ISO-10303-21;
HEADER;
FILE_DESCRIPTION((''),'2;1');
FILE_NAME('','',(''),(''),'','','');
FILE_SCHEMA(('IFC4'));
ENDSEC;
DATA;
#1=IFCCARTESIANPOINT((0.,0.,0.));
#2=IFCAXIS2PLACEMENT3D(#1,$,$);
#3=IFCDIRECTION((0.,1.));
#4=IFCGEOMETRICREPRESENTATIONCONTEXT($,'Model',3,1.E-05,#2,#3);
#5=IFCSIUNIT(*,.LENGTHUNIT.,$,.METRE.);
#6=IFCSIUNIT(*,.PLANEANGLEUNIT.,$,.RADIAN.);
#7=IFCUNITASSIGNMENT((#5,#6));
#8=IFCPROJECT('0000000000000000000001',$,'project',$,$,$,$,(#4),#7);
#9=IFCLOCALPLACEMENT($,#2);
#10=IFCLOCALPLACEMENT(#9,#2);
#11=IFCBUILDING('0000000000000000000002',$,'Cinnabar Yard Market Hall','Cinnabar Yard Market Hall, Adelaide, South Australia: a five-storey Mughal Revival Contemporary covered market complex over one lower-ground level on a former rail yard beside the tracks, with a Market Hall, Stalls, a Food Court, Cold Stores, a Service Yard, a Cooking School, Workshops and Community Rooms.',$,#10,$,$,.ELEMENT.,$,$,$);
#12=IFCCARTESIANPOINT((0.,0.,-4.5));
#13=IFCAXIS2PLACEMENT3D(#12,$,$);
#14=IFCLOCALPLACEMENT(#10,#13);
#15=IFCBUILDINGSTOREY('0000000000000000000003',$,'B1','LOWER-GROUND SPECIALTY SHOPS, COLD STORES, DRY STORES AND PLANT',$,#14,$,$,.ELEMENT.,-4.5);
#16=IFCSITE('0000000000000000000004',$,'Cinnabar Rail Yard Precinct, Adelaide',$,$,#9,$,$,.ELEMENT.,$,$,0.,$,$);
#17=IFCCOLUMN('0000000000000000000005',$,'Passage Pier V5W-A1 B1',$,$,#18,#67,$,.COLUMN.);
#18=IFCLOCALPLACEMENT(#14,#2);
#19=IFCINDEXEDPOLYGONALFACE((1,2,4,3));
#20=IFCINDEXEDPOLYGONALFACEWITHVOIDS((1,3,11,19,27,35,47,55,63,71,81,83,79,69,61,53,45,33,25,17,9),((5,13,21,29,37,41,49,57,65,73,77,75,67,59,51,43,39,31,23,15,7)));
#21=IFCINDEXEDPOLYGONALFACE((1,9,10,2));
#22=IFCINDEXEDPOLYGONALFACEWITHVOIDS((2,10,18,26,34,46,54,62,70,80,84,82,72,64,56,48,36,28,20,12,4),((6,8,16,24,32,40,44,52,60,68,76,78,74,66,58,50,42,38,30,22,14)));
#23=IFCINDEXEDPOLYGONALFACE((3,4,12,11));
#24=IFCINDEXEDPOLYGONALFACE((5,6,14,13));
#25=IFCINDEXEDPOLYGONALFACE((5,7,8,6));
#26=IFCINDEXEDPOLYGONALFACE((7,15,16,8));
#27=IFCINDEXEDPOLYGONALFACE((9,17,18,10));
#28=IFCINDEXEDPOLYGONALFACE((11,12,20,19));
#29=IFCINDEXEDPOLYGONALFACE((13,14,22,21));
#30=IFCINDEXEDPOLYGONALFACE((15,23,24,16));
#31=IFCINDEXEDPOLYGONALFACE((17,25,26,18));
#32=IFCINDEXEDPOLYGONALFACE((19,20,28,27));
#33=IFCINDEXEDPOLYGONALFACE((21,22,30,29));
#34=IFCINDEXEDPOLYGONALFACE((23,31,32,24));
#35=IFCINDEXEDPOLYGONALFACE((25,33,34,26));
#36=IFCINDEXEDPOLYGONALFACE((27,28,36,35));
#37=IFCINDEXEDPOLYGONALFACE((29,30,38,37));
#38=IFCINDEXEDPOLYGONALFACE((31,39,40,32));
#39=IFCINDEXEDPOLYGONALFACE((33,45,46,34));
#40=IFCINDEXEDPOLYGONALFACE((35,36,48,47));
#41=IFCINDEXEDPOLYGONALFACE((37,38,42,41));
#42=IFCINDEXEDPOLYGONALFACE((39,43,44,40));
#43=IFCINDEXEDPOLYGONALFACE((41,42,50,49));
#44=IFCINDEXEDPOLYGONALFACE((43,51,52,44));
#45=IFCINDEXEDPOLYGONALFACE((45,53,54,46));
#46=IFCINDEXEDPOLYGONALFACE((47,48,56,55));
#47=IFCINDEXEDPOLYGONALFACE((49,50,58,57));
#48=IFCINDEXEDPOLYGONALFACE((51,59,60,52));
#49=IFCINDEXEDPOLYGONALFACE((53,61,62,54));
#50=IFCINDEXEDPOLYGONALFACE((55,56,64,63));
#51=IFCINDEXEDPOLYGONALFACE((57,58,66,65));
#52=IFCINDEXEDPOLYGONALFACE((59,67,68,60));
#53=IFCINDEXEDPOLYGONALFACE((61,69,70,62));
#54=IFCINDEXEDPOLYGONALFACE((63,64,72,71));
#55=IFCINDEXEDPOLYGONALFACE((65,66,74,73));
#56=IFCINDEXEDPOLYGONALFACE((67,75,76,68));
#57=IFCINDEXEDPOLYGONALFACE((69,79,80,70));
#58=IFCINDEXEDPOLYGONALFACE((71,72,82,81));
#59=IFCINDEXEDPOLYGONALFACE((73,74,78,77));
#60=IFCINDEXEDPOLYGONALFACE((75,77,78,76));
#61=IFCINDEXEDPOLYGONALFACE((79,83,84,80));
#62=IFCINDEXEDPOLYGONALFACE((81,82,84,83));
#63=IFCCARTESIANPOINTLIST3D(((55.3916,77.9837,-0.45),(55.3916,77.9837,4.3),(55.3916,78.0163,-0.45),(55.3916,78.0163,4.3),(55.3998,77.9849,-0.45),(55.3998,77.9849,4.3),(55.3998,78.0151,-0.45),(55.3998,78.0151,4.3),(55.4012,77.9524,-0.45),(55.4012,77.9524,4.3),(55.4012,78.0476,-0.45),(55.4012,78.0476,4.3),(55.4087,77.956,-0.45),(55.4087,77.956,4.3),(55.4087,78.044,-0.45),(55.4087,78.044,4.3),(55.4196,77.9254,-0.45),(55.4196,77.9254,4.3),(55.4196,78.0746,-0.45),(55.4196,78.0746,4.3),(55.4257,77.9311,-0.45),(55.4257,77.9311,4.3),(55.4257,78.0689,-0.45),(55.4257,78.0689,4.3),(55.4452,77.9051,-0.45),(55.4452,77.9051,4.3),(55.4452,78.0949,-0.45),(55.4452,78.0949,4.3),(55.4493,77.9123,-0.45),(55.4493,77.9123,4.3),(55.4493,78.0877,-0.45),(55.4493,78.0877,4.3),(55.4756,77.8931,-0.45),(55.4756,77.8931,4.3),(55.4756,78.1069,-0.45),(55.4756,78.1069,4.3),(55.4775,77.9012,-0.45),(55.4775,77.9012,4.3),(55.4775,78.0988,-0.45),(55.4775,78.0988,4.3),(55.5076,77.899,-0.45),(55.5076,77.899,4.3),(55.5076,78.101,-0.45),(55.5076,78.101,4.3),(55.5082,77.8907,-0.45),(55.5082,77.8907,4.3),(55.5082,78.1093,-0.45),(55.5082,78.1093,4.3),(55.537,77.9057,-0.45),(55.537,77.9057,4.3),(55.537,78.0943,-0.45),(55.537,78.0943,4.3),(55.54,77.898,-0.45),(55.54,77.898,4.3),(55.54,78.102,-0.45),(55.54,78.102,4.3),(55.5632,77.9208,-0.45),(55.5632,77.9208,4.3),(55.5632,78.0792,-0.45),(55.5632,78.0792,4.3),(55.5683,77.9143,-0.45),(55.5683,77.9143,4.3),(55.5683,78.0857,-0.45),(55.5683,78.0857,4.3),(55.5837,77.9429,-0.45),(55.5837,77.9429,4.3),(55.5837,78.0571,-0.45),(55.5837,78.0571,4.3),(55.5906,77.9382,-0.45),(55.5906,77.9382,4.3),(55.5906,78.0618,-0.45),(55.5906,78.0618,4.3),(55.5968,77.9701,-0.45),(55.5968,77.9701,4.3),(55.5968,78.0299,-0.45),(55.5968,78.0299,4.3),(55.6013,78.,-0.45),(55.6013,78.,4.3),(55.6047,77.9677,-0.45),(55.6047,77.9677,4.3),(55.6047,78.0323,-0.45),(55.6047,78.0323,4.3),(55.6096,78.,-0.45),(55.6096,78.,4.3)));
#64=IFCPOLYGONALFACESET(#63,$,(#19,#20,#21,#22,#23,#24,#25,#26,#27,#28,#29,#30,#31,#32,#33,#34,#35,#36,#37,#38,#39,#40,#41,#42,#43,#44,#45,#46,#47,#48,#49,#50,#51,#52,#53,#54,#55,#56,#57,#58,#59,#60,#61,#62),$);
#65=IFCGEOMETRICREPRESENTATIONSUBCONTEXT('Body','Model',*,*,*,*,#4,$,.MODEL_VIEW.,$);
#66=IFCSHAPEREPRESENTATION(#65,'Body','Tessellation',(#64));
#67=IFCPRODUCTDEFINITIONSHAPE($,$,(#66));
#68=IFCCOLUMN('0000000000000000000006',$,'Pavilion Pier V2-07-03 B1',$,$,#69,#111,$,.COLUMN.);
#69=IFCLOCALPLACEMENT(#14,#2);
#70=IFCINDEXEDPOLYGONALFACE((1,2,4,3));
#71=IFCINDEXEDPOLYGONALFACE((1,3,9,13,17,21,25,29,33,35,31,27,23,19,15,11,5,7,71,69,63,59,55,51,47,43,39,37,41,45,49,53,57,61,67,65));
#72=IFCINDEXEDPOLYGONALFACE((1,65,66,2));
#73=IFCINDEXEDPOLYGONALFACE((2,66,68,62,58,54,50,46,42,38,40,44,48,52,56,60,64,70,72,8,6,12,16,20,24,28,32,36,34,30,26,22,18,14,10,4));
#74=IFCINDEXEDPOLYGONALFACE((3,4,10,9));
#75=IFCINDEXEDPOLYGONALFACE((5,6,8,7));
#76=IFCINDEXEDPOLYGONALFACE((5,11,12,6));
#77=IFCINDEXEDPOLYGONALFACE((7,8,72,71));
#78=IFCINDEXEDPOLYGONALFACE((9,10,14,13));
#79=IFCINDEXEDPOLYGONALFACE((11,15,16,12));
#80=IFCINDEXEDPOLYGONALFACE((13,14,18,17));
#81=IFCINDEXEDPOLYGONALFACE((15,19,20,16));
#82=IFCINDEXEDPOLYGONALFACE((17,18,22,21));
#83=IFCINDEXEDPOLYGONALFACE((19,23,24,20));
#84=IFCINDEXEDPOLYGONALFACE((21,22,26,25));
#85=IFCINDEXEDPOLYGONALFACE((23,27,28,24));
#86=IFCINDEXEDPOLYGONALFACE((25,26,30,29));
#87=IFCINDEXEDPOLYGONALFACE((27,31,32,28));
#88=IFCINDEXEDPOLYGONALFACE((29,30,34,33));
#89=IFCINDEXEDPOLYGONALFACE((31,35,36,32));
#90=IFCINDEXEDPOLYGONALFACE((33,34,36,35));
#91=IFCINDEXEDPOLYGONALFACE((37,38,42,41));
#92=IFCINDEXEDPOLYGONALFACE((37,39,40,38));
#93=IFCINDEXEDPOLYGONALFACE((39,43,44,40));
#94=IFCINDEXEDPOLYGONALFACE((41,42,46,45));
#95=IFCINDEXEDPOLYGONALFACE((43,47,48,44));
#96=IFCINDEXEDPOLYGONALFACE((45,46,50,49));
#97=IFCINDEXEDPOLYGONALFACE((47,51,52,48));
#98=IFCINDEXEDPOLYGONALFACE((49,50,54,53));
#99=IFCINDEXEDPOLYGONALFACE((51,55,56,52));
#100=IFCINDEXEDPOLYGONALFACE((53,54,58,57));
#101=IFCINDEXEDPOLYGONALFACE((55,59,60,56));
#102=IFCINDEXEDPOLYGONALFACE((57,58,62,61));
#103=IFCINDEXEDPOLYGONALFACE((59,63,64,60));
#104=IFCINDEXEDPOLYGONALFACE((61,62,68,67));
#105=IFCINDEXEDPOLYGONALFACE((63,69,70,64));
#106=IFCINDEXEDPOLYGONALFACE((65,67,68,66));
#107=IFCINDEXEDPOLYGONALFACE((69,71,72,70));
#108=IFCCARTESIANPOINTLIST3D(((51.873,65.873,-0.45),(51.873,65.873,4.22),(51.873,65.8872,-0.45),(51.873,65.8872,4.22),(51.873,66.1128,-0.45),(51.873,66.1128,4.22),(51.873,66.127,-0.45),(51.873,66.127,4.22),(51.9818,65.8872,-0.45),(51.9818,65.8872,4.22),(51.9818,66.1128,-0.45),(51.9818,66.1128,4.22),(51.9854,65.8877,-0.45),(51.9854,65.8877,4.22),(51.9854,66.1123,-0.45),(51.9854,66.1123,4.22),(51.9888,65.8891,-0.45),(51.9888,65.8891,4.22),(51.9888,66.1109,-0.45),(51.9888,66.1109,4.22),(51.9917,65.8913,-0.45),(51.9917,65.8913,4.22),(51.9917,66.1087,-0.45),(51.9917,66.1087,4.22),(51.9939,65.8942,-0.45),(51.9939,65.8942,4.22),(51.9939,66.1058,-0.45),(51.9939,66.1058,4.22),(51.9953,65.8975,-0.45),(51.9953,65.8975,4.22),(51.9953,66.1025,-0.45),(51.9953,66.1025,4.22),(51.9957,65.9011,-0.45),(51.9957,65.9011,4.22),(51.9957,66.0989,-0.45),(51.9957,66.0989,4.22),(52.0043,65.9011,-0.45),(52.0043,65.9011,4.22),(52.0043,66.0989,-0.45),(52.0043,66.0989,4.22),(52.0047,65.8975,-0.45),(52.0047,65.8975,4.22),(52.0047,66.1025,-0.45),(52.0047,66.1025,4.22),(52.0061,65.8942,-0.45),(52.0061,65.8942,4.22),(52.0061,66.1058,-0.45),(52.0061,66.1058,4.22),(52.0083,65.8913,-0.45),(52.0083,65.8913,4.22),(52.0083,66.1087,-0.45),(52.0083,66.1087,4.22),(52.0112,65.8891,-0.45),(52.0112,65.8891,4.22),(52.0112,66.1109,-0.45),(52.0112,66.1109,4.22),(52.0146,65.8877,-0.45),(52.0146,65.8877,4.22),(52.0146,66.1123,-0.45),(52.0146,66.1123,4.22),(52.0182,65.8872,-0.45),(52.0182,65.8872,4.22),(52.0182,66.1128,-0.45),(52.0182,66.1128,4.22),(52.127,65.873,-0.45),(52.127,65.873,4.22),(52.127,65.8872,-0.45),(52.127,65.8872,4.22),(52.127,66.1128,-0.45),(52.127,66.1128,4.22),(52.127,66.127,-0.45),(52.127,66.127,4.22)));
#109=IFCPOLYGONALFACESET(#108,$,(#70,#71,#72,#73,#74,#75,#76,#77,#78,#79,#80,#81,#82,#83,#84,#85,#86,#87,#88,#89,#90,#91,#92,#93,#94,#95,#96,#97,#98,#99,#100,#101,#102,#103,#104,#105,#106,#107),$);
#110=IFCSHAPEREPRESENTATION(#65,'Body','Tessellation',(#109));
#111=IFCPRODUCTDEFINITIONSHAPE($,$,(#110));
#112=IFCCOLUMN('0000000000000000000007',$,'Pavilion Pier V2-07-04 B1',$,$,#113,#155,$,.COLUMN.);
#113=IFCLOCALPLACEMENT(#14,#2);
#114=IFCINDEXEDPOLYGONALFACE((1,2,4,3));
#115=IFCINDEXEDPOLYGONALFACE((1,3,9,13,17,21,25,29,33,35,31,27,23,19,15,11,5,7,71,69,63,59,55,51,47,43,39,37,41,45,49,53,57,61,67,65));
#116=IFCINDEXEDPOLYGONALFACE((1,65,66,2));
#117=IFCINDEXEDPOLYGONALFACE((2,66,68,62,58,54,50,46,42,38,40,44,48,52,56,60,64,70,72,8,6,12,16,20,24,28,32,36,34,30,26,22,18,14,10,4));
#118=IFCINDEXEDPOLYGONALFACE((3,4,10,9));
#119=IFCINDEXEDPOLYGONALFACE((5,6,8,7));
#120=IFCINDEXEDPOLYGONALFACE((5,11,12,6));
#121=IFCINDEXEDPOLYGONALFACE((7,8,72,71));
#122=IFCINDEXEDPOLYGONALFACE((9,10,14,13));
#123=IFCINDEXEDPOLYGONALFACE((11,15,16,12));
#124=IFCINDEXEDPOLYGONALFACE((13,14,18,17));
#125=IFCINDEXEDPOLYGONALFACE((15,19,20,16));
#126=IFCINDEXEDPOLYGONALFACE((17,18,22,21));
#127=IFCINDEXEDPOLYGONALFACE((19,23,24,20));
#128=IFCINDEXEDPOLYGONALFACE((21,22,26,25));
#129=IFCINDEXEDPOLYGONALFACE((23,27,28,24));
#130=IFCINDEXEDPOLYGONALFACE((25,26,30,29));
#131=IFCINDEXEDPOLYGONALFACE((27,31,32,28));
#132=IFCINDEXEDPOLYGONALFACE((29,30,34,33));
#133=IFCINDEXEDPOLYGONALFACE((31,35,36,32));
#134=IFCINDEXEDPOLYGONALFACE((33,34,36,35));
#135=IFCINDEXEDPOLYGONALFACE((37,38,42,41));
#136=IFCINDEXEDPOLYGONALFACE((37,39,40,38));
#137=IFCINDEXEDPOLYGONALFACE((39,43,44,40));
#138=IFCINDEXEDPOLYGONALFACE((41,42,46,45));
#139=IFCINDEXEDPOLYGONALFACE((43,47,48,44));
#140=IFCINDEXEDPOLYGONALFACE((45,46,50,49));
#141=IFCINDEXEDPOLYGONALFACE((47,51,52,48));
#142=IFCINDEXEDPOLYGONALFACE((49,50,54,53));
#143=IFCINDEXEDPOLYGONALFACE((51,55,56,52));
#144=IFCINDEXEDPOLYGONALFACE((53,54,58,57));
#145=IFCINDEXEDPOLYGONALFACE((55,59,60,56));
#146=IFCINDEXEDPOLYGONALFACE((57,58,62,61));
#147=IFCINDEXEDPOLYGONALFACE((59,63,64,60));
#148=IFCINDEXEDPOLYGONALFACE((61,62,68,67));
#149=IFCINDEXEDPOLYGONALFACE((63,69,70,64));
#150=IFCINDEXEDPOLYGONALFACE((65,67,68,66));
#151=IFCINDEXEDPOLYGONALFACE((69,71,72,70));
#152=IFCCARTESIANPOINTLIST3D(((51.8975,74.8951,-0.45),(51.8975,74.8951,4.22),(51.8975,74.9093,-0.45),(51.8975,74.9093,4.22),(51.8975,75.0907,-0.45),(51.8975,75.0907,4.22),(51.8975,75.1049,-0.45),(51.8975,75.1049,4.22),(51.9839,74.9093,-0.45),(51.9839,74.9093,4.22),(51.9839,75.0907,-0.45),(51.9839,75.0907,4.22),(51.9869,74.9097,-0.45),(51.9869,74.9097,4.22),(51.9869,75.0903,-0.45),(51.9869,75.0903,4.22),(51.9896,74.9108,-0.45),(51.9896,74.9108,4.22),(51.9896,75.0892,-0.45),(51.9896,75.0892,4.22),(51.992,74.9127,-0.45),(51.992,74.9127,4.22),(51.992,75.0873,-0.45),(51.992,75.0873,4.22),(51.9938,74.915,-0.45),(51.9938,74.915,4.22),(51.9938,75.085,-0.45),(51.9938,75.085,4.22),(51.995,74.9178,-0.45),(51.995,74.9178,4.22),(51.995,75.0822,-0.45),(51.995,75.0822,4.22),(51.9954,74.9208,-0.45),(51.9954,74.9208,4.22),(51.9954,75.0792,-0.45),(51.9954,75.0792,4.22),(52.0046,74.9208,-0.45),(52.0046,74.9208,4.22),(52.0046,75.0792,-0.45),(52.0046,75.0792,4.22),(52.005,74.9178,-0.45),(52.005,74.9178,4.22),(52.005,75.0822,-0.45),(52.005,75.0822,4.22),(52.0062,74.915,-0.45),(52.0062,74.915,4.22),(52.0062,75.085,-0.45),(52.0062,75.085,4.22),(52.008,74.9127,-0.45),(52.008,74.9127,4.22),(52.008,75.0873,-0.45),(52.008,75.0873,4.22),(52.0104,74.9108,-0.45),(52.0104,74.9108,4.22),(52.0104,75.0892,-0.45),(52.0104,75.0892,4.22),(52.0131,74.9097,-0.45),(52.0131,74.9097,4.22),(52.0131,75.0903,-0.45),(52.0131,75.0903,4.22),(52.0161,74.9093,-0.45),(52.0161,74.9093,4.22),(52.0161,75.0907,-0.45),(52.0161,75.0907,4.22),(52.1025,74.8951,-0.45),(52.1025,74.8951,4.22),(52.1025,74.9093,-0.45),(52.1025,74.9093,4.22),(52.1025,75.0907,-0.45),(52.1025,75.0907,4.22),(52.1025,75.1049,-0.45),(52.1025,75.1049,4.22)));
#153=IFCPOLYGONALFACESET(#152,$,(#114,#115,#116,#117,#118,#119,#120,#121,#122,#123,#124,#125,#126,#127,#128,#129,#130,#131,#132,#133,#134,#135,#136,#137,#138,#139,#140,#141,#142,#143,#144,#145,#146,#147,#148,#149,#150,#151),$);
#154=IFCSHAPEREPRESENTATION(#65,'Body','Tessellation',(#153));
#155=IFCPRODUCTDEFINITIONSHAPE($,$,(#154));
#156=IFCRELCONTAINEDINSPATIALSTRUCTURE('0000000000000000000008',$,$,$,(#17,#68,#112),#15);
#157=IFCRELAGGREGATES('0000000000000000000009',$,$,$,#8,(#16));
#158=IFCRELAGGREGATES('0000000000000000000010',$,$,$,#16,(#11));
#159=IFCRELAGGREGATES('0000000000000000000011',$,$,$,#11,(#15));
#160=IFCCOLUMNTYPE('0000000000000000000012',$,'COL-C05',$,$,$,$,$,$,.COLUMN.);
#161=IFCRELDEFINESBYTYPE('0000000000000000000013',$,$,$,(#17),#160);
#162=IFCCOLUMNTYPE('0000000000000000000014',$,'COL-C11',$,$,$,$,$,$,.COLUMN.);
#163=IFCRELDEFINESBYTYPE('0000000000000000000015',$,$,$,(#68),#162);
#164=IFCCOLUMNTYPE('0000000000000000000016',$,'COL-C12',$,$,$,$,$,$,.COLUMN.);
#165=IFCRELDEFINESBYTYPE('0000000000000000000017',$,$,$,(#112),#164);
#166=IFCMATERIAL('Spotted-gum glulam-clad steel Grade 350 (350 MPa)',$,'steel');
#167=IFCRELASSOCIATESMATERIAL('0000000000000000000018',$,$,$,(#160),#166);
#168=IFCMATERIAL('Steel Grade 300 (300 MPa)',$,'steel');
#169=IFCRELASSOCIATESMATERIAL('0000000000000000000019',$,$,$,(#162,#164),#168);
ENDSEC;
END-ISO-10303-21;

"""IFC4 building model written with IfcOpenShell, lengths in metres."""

from ifc_helpers import new_model, si_unit, direction, frame, origin, origin_2d_with_axis, place, context, subcontext, project, spatial, hollow_circle, i_section, extrude, material, material_profile, profile_set, type_object, element, save


model = new_model("IFC4")

# Units and contexts
model_context = context("Model", 3, precision=1e-05, world=origin(), true_north=direction((0.0, 1.0)))
body_context = subcontext(model_context, "Body", "Model", "MODEL_VIEW")
ifc_project = project(units=[si_unit("LENGTHUNIT", "METRE"), si_unit("PLANEANGLEUNIT", "RADIAN")], contexts=[model_context])

# Site, building, storey
site_placement = place(None, origin())
site = spatial("IfcSite", under=ifc_project, at=site_placement, Name="Cinnabar Rail Yard Precinct, Adelaide", CompositionType="ELEMENT", RefElevation=0.0)
building_placement = place(site_placement, origin())
building = spatial("IfcBuilding", under=site, at=building_placement, Name="Cinnabar Yard Market Hall", Description="Cinnabar Yard Market Hall, Adelaide, South Australia: a five-storey Mughal Revival Contemporary covered market complex over one lower-ground level on a former rail yard beside the tracks, with a Market Hall, Stalls, a Food Court, Cold Stores, a Service Yard, a Cooking School, Workshops and Community Rooms.", CompositionType="ELEMENT")
storey_placement = place(building_placement, frame((0.0, 0.0, -4.5)))
storey = spatial("IfcBuildingStorey", under=building, at=storey_placement, Name="B1", Description="LOWER-GROUND SPECIALTY SHOPS, COLD STORES, DRY STORES AND PLANT", CompositionType="ELEMENT", Elevation=-4.5)

# Columns
ifc_material_1 = material(Name="Spotted-gum glulam-clad steel Grade 350 (350 MPa)", Category="steel")
ifc_material_profile_1 = material_profile(ifc_material_1, hollow_circle(Radius=0.1096, WallThickness=0.0083, at=origin_2d_with_axis()), Name="219.1x8.2CHS")
ifc_profile_set_1 = profile_set([ifc_material_profile_1], Name="Spotted-gum glulam-clad steel Grade 350 (350 MPa)")
column_type_1 = type_object("IfcColumnType", Name="COL-C05", PredefinedType="COLUMN", material=ifc_profile_set_1)
column_1_placement = place(storey_placement, frame((55.5, 78.0, -0.45), z_axis=(0.0, 0.0, 1.0), x_axis=(1.0, 0.0, 0.0)))
element("IfcColumn", 1, at=column_1_placement, inside=storey, type_object=column_type_1, Name="Passage Pier V5W-A1 B1", PredefinedType="COLUMN", context=body_context, shape_type="SweptSolid", body=[
    extrude(hollow_circle(Radius=0.1096, WallThickness=0.0083, at=origin_2d_with_axis()), origin(), (0.0, 0.0, 1.0), 4.75),
])
ifc_material_2 = material(Name="Steel Grade 300 (300 MPa)", Category="steel")
ifc_material_profile_2 = material_profile(ifc_material_2, i_section(OverallWidth=0.2539, OverallDepth=0.2539, WebThickness=0.0085, FlangeThickness=0.0142, FilletRadius=0.0139, at=origin_2d_with_axis()), Name="250UC72.9")
ifc_profile_set_2 = profile_set([ifc_material_profile_2], Name="Steel Grade 300 (300 MPa)")
column_type_2 = type_object("IfcColumnType", Name="COL-C11", PredefinedType="COLUMN", material=ifc_profile_set_2)
column_2_placement = place(storey_placement, frame((52.0, 66.0, -0.45), z_axis=(0.0, 0.0, 1.0), x_axis=(1.0, 0.0, 0.0)))
element("IfcColumn", 2, at=column_2_placement, inside=storey, type_object=column_type_2, Name="Pavilion Pier V2-07-03 B1", PredefinedType="COLUMN", context=body_context, shape_type="SweptSolid", body=[
    extrude(i_section(OverallWidth=0.2539, OverallDepth=0.2539, WebThickness=0.0085, FlangeThickness=0.0142, FilletRadius=0.0139, at=origin_2d_with_axis()), origin(), (0.0, 0.0, 1.0), 4.6699),
])
ifc_material_profile_3 = material_profile(ifc_material_2, i_section(OverallWidth=0.2051, OverallDepth=0.2097, WebThickness=0.0093, FlangeThickness=0.0142, FilletRadius=0.0115, at=origin_2d_with_axis()), Name="200UC59.5")
ifc_profile_set_3 = profile_set([ifc_material_profile_3], Name="Steel Grade 300 (300 MPa)")
column_type_3 = type_object("IfcColumnType", Name="COL-C12", PredefinedType="COLUMN", material=ifc_profile_set_3)
column_3_placement = place(storey_placement, frame((52.0, 75.0, -0.45), z_axis=(0.0, 0.0, 1.0), x_axis=(1.0, 0.0, 0.0)))
element("IfcColumn", 3, at=column_3_placement, inside=storey, type_object=column_type_3, Name="Pavilion Pier V2-07-04 B1", PredefinedType="COLUMN", context=body_context, shape_type="SweptSolid", body=[
    extrude(i_section(OverallWidth=0.2051, OverallDepth=0.2097, WebThickness=0.0093, FlangeThickness=0.0142, FilletRadius=0.0115, at=origin_2d_with_axis()), origin(), (0.0, 0.0, 1.0), 4.6699),
])

save(model, "model.ifc")
